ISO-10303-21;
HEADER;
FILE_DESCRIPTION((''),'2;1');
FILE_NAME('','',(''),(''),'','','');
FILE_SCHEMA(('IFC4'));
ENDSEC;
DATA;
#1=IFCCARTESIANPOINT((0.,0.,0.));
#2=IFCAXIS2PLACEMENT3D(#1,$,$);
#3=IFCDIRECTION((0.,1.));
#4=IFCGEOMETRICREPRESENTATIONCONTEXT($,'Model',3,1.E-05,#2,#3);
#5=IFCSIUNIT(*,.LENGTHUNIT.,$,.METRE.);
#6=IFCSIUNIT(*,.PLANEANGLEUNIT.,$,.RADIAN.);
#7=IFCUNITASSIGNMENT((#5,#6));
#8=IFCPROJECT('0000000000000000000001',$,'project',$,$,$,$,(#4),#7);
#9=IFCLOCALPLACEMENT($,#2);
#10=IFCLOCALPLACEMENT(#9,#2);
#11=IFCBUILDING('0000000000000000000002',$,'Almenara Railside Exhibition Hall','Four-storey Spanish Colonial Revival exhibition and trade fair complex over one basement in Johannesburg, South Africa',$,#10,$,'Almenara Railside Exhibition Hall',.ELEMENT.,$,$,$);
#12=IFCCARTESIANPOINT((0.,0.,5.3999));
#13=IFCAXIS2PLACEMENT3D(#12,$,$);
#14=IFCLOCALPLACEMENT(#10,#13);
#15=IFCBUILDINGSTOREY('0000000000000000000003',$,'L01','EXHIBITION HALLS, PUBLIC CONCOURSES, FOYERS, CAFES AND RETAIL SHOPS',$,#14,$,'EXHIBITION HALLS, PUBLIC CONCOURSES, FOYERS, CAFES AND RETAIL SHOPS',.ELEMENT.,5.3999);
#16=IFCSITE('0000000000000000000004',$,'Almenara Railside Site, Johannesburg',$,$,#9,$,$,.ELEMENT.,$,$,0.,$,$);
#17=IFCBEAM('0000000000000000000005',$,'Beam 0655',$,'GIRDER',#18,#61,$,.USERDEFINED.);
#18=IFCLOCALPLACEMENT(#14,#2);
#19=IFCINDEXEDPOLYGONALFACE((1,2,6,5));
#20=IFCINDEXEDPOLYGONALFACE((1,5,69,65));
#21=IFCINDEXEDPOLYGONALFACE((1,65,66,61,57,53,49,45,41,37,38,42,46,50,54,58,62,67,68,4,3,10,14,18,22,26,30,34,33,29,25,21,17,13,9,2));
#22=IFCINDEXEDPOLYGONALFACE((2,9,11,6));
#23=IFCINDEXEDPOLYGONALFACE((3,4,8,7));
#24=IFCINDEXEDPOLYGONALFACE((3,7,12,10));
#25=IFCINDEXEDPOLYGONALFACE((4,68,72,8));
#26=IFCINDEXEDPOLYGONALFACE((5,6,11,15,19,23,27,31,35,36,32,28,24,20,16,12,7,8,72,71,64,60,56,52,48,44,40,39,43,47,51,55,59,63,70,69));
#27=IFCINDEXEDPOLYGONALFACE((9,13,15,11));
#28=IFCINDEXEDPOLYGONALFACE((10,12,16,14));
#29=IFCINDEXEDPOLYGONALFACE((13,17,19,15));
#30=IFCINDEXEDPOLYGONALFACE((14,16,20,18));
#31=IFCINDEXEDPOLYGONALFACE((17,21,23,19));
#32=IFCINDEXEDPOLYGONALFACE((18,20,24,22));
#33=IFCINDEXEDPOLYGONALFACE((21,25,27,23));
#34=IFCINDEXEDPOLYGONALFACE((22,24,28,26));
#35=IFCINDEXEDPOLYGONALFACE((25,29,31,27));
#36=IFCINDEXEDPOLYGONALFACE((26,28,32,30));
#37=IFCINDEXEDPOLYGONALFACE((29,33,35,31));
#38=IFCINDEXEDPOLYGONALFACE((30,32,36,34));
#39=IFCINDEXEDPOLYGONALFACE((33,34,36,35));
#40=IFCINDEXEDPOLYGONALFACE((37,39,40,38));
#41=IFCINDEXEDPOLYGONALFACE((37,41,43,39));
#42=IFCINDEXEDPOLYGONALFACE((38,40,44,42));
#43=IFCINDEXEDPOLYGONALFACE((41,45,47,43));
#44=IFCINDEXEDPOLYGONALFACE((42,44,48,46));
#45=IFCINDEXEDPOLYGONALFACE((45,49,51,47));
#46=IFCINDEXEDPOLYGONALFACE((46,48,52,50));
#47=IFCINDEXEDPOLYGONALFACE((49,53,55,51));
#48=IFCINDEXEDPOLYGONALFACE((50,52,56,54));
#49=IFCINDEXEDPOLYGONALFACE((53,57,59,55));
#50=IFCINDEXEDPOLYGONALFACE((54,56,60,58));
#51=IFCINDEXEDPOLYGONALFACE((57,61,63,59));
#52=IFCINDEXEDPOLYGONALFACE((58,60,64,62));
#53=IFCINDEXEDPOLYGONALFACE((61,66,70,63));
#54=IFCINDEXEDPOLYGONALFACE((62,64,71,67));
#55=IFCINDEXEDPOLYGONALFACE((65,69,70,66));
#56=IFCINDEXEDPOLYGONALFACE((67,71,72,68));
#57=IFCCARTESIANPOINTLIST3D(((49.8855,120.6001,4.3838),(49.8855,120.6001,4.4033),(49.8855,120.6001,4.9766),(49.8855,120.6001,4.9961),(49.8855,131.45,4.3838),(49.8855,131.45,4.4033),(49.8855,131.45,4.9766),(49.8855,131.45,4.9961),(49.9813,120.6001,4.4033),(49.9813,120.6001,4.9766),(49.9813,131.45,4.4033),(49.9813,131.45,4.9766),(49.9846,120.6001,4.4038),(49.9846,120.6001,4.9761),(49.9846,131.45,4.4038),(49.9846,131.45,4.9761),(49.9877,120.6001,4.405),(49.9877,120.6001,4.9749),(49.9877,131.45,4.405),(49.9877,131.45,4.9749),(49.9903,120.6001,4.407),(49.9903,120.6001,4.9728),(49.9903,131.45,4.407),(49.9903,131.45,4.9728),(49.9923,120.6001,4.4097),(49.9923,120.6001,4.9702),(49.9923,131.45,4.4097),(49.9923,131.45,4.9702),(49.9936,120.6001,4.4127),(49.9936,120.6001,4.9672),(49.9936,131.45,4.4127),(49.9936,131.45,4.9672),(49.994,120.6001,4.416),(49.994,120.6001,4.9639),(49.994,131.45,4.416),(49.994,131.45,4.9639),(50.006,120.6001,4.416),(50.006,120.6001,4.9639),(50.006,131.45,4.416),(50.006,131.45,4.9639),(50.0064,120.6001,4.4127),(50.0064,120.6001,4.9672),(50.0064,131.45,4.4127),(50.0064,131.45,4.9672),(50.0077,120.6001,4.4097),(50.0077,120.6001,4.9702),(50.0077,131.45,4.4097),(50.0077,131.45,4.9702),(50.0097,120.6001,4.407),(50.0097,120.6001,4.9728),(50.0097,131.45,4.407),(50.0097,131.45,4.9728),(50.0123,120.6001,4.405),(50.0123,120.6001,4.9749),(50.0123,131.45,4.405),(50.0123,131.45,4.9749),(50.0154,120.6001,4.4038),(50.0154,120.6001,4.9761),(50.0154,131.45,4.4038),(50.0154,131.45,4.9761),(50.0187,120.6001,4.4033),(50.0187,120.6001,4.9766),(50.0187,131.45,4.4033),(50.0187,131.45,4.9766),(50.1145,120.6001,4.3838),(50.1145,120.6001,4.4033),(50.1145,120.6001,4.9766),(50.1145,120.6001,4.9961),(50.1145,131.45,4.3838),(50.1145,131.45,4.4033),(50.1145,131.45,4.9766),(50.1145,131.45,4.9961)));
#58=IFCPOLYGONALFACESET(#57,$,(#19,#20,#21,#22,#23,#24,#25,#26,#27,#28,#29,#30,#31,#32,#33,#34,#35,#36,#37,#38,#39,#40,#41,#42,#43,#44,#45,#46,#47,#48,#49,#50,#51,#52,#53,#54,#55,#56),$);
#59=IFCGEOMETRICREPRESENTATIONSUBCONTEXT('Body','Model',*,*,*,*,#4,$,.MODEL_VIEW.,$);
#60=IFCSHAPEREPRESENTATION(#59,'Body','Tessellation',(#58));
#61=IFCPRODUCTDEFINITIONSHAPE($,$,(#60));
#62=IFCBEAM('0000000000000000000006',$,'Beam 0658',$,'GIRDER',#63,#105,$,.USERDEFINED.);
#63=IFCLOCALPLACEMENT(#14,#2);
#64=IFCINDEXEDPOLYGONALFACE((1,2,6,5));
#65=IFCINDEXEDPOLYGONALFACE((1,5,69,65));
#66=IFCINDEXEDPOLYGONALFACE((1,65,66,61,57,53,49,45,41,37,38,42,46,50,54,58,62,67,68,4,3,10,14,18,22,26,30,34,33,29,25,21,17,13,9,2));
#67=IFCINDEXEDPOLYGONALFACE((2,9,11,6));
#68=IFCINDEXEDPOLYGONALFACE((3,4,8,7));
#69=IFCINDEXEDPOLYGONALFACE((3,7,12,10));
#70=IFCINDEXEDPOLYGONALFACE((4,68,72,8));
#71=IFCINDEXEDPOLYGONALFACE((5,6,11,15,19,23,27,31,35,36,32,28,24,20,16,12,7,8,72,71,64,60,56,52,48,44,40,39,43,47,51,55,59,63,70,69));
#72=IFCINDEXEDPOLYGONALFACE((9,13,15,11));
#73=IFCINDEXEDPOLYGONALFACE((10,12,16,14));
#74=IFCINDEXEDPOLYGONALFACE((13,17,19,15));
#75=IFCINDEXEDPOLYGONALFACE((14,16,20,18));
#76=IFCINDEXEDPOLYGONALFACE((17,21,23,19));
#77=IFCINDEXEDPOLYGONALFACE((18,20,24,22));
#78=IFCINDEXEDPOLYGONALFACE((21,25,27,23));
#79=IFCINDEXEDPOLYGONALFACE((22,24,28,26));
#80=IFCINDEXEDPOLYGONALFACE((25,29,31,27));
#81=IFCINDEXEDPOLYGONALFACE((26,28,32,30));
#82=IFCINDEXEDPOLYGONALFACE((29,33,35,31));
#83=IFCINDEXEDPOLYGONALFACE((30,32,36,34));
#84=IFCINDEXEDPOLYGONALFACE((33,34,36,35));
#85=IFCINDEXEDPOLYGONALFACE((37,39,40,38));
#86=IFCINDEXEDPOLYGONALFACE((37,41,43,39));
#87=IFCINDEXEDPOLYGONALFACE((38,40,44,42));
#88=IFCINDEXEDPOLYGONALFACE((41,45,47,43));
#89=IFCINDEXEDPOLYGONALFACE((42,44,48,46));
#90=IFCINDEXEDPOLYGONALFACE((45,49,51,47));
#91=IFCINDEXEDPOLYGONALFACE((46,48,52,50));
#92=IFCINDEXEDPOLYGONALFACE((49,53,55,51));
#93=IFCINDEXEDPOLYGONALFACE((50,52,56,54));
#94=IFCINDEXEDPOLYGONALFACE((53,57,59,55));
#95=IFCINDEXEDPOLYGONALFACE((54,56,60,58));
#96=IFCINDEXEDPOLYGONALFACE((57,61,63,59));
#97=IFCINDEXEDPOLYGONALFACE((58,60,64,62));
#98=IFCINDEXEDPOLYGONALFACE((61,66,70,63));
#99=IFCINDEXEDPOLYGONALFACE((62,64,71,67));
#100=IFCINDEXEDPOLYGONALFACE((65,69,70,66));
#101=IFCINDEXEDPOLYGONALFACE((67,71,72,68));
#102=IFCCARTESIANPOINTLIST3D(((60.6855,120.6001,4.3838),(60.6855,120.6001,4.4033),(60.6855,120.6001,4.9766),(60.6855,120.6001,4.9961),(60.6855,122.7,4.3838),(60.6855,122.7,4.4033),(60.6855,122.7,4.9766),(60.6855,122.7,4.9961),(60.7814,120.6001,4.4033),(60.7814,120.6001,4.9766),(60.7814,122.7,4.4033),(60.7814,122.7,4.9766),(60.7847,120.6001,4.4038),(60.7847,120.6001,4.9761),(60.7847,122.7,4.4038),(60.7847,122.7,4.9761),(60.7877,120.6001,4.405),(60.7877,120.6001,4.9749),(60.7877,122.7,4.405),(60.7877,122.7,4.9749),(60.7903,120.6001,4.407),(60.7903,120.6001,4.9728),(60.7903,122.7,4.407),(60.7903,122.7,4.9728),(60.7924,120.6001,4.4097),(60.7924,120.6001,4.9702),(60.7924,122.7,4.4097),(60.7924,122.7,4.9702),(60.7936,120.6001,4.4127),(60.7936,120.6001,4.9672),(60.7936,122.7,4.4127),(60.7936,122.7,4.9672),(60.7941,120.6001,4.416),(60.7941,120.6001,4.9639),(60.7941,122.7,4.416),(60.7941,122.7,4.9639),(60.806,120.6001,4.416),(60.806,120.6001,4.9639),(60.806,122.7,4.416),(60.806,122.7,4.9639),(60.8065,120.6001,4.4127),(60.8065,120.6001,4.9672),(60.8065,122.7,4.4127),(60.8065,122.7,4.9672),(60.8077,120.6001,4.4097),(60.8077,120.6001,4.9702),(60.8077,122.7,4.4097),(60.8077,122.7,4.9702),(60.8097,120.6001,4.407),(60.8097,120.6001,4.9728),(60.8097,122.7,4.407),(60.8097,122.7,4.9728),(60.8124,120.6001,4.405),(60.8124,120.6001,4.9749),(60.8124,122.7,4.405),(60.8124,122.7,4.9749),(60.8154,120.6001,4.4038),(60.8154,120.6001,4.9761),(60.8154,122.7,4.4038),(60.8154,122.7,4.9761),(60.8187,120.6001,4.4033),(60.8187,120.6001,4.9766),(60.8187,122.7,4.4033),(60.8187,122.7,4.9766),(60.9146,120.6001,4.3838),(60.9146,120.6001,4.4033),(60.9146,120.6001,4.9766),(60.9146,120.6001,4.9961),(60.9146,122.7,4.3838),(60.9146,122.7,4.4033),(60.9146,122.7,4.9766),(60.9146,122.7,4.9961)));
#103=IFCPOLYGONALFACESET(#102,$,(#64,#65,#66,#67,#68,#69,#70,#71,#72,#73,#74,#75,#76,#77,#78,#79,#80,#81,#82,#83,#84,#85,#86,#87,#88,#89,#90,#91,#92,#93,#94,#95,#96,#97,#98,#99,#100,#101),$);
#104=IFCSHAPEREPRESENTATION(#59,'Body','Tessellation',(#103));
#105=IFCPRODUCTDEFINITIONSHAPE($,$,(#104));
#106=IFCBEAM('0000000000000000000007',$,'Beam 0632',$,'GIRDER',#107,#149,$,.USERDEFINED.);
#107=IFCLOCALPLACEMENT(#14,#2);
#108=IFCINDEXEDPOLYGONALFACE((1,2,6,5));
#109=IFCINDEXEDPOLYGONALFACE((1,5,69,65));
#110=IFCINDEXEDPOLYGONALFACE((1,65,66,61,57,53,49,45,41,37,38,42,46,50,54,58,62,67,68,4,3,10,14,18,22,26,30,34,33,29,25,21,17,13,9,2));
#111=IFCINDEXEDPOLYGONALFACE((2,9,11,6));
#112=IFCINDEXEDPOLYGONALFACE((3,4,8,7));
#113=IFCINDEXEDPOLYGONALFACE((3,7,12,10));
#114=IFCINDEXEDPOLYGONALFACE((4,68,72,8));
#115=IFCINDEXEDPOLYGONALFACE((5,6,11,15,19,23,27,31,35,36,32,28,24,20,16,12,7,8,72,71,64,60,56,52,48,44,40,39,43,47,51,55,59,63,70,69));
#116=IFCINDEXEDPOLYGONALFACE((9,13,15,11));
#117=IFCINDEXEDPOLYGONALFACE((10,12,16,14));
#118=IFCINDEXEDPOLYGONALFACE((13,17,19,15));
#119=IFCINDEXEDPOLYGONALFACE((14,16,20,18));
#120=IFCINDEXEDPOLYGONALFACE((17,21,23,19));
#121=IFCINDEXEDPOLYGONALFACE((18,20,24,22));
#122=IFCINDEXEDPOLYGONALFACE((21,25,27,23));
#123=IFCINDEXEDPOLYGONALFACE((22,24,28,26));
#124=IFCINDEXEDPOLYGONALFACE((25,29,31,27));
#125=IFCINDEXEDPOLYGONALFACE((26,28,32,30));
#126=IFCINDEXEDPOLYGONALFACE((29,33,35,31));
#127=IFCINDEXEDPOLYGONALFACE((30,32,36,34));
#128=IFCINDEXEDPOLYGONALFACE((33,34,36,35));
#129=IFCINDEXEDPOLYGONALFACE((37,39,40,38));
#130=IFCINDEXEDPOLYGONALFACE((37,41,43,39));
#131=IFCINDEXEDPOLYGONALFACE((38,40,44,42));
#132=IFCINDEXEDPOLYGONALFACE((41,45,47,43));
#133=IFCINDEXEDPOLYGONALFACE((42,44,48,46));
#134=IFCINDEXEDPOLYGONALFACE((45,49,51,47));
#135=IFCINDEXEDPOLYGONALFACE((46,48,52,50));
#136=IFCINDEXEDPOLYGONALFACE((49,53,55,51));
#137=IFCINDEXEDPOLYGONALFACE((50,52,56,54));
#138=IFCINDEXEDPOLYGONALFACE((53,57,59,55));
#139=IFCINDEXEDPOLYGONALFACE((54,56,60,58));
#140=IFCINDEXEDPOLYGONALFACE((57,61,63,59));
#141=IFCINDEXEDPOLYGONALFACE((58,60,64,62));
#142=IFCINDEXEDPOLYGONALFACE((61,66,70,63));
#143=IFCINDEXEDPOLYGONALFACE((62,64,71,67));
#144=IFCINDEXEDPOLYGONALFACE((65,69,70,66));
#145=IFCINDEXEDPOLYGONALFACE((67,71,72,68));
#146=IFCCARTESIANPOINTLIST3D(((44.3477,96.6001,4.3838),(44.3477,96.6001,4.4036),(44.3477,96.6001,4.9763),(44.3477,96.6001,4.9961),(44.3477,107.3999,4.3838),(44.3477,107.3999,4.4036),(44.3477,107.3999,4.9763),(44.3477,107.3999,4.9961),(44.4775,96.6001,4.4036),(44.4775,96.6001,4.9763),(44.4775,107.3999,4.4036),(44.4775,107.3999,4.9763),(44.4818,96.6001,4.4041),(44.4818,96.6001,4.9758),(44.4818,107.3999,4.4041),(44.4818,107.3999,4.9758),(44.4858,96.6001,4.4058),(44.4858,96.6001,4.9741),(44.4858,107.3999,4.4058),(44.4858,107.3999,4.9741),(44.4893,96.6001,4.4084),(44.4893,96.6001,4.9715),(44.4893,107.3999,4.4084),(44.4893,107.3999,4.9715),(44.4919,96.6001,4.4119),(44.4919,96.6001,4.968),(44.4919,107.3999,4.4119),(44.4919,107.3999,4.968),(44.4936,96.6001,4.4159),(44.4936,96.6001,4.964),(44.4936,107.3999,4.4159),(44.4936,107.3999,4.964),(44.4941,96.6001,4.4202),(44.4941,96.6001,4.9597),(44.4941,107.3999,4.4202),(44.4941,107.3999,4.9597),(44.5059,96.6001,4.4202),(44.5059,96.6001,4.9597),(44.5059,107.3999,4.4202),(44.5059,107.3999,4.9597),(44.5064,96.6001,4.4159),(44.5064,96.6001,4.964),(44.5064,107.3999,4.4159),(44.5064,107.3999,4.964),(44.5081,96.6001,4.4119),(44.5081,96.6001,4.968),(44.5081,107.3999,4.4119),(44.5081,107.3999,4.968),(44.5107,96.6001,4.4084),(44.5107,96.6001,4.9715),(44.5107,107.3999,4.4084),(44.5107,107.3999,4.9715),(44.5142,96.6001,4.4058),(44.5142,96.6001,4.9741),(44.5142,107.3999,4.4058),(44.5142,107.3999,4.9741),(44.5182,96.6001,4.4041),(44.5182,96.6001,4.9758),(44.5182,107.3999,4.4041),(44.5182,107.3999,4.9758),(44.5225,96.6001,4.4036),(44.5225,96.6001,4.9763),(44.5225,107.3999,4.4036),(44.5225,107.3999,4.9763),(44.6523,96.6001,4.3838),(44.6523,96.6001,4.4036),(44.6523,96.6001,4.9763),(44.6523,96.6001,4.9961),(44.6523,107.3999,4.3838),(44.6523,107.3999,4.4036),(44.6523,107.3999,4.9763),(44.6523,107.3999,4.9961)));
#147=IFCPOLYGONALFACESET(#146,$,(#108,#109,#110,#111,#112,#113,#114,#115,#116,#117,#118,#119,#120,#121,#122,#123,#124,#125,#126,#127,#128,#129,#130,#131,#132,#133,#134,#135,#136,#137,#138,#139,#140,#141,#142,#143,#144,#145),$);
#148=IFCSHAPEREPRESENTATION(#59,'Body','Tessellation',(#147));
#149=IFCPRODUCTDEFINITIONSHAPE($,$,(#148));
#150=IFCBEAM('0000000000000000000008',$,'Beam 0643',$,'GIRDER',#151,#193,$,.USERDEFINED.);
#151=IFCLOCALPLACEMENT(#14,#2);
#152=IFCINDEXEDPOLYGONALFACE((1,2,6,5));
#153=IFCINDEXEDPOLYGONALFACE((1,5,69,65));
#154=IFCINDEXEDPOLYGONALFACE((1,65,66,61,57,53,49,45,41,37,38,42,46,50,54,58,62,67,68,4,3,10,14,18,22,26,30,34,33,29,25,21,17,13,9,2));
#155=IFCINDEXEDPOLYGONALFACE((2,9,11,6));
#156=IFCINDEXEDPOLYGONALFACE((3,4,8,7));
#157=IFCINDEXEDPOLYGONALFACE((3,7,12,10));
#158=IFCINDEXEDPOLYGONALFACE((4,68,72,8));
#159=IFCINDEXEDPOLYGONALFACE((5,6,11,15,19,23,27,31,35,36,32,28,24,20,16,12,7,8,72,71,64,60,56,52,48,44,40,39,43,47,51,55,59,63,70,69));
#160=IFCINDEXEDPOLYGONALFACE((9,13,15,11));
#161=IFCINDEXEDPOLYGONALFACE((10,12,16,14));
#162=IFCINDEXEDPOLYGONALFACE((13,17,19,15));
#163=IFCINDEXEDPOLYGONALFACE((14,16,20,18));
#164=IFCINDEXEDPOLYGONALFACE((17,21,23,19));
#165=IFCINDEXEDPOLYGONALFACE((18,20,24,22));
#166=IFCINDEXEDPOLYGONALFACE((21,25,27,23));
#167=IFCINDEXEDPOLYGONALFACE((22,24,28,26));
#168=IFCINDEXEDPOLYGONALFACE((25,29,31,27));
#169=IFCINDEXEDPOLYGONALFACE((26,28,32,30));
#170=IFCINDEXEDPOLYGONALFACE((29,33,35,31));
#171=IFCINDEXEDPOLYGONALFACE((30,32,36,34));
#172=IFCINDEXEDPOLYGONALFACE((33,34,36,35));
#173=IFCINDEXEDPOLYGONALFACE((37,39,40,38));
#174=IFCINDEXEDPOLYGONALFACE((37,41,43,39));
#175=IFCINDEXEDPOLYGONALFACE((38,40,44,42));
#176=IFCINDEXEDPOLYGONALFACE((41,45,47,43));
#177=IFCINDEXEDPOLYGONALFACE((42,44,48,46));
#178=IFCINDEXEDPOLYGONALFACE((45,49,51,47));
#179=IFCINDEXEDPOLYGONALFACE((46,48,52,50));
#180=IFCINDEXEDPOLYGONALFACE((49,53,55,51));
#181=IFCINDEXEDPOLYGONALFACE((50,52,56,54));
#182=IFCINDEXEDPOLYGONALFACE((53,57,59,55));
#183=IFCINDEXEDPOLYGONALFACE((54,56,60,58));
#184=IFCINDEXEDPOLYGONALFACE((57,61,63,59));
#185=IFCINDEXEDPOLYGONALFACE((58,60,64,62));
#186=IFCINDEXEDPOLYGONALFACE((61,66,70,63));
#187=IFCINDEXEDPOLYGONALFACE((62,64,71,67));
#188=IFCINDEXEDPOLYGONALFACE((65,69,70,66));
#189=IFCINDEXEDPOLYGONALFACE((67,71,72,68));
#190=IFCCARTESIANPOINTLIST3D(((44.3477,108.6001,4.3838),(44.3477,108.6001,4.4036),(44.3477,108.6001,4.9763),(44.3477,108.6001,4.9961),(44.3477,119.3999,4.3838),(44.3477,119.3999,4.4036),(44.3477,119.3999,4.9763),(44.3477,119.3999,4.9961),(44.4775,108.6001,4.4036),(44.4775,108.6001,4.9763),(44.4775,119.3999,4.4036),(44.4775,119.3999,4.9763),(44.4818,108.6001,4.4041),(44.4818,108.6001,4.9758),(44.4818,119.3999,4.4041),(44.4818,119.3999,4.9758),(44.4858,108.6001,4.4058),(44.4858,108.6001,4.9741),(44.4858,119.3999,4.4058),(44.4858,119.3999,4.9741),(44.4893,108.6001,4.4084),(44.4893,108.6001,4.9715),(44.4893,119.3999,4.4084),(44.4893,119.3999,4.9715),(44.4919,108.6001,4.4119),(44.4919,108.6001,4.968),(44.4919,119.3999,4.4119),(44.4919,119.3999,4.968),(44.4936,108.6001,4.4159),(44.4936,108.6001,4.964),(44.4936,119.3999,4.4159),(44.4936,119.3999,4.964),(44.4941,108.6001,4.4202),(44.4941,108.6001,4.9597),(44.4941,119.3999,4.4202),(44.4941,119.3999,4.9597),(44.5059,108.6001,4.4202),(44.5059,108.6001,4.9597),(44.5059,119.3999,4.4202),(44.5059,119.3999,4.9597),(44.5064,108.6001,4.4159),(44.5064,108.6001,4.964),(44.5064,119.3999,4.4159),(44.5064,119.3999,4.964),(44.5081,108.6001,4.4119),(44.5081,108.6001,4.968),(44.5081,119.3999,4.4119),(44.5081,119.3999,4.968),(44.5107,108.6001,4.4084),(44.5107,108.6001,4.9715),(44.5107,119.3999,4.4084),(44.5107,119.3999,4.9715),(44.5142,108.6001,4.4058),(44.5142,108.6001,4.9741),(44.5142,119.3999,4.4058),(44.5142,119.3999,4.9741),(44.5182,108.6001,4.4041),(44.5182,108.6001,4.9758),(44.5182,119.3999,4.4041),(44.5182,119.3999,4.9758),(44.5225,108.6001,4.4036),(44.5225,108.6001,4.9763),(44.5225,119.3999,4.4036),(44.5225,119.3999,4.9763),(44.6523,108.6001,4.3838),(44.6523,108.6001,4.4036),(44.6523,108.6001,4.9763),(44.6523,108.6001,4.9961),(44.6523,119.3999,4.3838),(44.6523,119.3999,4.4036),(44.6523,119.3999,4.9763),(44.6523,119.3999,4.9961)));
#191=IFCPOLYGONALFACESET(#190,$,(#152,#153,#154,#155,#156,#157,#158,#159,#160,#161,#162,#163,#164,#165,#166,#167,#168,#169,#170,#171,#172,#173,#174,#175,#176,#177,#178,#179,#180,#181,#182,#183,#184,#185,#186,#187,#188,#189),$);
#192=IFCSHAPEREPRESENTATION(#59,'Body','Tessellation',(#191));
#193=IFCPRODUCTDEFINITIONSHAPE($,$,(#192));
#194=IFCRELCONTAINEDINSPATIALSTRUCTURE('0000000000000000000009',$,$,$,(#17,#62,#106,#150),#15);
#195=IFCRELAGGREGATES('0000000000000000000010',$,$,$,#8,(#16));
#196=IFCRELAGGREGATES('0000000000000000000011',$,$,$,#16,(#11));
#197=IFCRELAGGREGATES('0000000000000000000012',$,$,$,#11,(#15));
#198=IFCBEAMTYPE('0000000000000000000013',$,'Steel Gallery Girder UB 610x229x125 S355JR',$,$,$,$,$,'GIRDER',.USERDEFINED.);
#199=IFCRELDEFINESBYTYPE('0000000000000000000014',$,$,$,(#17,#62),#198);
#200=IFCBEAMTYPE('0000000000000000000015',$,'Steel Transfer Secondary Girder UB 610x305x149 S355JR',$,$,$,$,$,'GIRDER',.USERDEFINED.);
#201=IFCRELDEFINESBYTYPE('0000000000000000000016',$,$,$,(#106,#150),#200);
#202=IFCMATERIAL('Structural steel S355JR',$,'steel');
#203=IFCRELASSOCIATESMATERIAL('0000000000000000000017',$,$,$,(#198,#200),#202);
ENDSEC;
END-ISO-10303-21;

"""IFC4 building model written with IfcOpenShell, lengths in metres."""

from ifc_helpers import new_model, si_unit, direction, frame, origin, origin_2d, place, context, subcontext, project, spatial, i_section, extrude, material, material_profile, profile_set, type_object, element, save


model = new_model("IFC4")

# Units and contexts
model_context = context("Model", 3, precision=1e-05, world=origin(), true_north=direction((0.0, 1.0)))
body_context = subcontext(model_context, "Body", "Model", "MODEL_VIEW")
ifc_project = project(units=[si_unit("LENGTHUNIT", "METRE"), si_unit("PLANEANGLEUNIT", "RADIAN")], contexts=[model_context])

# Site, building, storey
site_placement = place(None, origin())
site = spatial("IfcSite", under=ifc_project, at=site_placement, Name="Almenara Railside Site, Johannesburg", CompositionType="ELEMENT", RefElevation=0.0)
building_placement = place(site_placement, origin())
building = spatial("IfcBuilding", under=site, at=building_placement, Name="Almenara Railside Exhibition Hall", Description="Four-storey Spanish Colonial Revival exhibition and trade fair complex over one basement in Johannesburg, South Africa", LongName="Almenara Railside Exhibition Hall", CompositionType="ELEMENT")
storey_placement = place(building_placement, frame((0.0, 0.0, 5.3999)))
storey = spatial("IfcBuildingStorey", under=building, at=storey_placement, Name="L01", Description="EXHIBITION HALLS, PUBLIC CONCOURSES, FOYERS, CAFES AND RETAIL SHOPS", LongName="EXHIBITION HALLS, PUBLIC CONCOURSES, FOYERS, CAFES AND RETAIL SHOPS", CompositionType="ELEMENT", Elevation=5.3999)

# Beams
ifc_material_1 = material(Name="Structural steel S355JR", Category="steel")
ifc_material_profile_1 = material_profile(ifc_material_1, i_section(OverallWidth=0.229, OverallDepth=0.6123, WebThickness=0.012, FlangeThickness=0.0195, FilletRadius=0.0127, at=origin_2d()), Name="UB 610x229x125")
ifc_profile_set_1 = profile_set([ifc_material_profile_1], Name="Structural steel S355JR")
beam_type_1 = type_object("IfcBeamType", Name="Steel Gallery Girder UB 610x229x125 S355JR", ElementType="GIRDER", PredefinedType="USERDEFINED", material=ifc_profile_set_1)
for number, where, z_axis, x_axis, name in (
    (1, (50.0, 120.6001, 4.6899), (0.0, 1.0, 0.0), (-1.0, 0.0, 0.0), "Beam 0655"),
):
    element("IfcBeam", number, at=place(storey_placement, frame(where, z_axis=z_axis, x_axis=x_axis)), inside=storey, type_object=beam_type_1, Name=name, ObjectType="GIRDER", PredefinedType="USERDEFINED", context=body_context, shape_type="SweptSolid", body=[
        extrude(i_section(OverallWidth=0.229, OverallDepth=0.6123, WebThickness=0.012, FlangeThickness=0.0195, FilletRadius=0.0127, at=origin_2d()), origin(), (0.0, 0.0, 1.0), 10.8499),
    ])
beam_1_placement = place(storey_placement, frame((60.8, 120.6001, 4.6899), z_axis=(0.0, 1.0, 0.0), x_axis=(-1.0, 0.0, 0.0)))
element("IfcBeam", 2, at=beam_1_placement, inside=storey, type_object=beam_type_1, Name="Beam 0658", ObjectType="GIRDER", PredefinedType="USERDEFINED", context=body_context, shape_type="SweptSolid", body=[
    extrude(i_section(OverallWidth=0.229, OverallDepth=0.6123, WebThickness=0.012, FlangeThickness=0.0195, FilletRadius=0.0127, at=origin_2d()), origin(), (0.0, 0.0, 1.0), 2.0999),
])
ifc_material_profile_2 = material_profile(ifc_material_1, i_section(OverallWidth=0.3047, OverallDepth=0.6123, WebThickness=0.0117, FlangeThickness=0.0198, FilletRadius=0.0166, at=origin_2d()), Name="UB 610x305x149")
ifc_profile_set_2 = profile_set([ifc_material_profile_2], Name="Structural steel S355JR")
beam_type_2 = type_object("IfcBeamType", Name="Steel Transfer Secondary Girder UB 610x305x149 S355JR", ElementType="GIRDER", PredefinedType="USERDEFINED", material=ifc_profile_set_2)
for number, where, z_axis, x_axis, name in (
    (3, (44.5, 96.6001, 4.6899), (0.0, 1.0, 0.0), (-1.0, 0.0, 0.0), "Beam 0632"),
    (4, (44.5, 108.6001, 4.6899), (0.0, 1.0, 0.0), (-1.0, 0.0, 0.0), "Beam 0643"),
):
    element("IfcBeam", number, at=place(storey_placement, frame(where, z_axis=z_axis, x_axis=x_axis)), inside=storey, type_object=beam_type_2, Name=name, ObjectType="GIRDER", PredefinedType="USERDEFINED", context=body_context, shape_type="SweptSolid", body=[
        extrude(i_section(OverallWidth=0.3047, OverallDepth=0.6123, WebThickness=0.0117, FlangeThickness=0.0198, FilletRadius=0.0166, at=origin_2d()), origin(), (0.0, 0.0, 1.0), 10.7998),
    ])

save(model, "model.ifc")
